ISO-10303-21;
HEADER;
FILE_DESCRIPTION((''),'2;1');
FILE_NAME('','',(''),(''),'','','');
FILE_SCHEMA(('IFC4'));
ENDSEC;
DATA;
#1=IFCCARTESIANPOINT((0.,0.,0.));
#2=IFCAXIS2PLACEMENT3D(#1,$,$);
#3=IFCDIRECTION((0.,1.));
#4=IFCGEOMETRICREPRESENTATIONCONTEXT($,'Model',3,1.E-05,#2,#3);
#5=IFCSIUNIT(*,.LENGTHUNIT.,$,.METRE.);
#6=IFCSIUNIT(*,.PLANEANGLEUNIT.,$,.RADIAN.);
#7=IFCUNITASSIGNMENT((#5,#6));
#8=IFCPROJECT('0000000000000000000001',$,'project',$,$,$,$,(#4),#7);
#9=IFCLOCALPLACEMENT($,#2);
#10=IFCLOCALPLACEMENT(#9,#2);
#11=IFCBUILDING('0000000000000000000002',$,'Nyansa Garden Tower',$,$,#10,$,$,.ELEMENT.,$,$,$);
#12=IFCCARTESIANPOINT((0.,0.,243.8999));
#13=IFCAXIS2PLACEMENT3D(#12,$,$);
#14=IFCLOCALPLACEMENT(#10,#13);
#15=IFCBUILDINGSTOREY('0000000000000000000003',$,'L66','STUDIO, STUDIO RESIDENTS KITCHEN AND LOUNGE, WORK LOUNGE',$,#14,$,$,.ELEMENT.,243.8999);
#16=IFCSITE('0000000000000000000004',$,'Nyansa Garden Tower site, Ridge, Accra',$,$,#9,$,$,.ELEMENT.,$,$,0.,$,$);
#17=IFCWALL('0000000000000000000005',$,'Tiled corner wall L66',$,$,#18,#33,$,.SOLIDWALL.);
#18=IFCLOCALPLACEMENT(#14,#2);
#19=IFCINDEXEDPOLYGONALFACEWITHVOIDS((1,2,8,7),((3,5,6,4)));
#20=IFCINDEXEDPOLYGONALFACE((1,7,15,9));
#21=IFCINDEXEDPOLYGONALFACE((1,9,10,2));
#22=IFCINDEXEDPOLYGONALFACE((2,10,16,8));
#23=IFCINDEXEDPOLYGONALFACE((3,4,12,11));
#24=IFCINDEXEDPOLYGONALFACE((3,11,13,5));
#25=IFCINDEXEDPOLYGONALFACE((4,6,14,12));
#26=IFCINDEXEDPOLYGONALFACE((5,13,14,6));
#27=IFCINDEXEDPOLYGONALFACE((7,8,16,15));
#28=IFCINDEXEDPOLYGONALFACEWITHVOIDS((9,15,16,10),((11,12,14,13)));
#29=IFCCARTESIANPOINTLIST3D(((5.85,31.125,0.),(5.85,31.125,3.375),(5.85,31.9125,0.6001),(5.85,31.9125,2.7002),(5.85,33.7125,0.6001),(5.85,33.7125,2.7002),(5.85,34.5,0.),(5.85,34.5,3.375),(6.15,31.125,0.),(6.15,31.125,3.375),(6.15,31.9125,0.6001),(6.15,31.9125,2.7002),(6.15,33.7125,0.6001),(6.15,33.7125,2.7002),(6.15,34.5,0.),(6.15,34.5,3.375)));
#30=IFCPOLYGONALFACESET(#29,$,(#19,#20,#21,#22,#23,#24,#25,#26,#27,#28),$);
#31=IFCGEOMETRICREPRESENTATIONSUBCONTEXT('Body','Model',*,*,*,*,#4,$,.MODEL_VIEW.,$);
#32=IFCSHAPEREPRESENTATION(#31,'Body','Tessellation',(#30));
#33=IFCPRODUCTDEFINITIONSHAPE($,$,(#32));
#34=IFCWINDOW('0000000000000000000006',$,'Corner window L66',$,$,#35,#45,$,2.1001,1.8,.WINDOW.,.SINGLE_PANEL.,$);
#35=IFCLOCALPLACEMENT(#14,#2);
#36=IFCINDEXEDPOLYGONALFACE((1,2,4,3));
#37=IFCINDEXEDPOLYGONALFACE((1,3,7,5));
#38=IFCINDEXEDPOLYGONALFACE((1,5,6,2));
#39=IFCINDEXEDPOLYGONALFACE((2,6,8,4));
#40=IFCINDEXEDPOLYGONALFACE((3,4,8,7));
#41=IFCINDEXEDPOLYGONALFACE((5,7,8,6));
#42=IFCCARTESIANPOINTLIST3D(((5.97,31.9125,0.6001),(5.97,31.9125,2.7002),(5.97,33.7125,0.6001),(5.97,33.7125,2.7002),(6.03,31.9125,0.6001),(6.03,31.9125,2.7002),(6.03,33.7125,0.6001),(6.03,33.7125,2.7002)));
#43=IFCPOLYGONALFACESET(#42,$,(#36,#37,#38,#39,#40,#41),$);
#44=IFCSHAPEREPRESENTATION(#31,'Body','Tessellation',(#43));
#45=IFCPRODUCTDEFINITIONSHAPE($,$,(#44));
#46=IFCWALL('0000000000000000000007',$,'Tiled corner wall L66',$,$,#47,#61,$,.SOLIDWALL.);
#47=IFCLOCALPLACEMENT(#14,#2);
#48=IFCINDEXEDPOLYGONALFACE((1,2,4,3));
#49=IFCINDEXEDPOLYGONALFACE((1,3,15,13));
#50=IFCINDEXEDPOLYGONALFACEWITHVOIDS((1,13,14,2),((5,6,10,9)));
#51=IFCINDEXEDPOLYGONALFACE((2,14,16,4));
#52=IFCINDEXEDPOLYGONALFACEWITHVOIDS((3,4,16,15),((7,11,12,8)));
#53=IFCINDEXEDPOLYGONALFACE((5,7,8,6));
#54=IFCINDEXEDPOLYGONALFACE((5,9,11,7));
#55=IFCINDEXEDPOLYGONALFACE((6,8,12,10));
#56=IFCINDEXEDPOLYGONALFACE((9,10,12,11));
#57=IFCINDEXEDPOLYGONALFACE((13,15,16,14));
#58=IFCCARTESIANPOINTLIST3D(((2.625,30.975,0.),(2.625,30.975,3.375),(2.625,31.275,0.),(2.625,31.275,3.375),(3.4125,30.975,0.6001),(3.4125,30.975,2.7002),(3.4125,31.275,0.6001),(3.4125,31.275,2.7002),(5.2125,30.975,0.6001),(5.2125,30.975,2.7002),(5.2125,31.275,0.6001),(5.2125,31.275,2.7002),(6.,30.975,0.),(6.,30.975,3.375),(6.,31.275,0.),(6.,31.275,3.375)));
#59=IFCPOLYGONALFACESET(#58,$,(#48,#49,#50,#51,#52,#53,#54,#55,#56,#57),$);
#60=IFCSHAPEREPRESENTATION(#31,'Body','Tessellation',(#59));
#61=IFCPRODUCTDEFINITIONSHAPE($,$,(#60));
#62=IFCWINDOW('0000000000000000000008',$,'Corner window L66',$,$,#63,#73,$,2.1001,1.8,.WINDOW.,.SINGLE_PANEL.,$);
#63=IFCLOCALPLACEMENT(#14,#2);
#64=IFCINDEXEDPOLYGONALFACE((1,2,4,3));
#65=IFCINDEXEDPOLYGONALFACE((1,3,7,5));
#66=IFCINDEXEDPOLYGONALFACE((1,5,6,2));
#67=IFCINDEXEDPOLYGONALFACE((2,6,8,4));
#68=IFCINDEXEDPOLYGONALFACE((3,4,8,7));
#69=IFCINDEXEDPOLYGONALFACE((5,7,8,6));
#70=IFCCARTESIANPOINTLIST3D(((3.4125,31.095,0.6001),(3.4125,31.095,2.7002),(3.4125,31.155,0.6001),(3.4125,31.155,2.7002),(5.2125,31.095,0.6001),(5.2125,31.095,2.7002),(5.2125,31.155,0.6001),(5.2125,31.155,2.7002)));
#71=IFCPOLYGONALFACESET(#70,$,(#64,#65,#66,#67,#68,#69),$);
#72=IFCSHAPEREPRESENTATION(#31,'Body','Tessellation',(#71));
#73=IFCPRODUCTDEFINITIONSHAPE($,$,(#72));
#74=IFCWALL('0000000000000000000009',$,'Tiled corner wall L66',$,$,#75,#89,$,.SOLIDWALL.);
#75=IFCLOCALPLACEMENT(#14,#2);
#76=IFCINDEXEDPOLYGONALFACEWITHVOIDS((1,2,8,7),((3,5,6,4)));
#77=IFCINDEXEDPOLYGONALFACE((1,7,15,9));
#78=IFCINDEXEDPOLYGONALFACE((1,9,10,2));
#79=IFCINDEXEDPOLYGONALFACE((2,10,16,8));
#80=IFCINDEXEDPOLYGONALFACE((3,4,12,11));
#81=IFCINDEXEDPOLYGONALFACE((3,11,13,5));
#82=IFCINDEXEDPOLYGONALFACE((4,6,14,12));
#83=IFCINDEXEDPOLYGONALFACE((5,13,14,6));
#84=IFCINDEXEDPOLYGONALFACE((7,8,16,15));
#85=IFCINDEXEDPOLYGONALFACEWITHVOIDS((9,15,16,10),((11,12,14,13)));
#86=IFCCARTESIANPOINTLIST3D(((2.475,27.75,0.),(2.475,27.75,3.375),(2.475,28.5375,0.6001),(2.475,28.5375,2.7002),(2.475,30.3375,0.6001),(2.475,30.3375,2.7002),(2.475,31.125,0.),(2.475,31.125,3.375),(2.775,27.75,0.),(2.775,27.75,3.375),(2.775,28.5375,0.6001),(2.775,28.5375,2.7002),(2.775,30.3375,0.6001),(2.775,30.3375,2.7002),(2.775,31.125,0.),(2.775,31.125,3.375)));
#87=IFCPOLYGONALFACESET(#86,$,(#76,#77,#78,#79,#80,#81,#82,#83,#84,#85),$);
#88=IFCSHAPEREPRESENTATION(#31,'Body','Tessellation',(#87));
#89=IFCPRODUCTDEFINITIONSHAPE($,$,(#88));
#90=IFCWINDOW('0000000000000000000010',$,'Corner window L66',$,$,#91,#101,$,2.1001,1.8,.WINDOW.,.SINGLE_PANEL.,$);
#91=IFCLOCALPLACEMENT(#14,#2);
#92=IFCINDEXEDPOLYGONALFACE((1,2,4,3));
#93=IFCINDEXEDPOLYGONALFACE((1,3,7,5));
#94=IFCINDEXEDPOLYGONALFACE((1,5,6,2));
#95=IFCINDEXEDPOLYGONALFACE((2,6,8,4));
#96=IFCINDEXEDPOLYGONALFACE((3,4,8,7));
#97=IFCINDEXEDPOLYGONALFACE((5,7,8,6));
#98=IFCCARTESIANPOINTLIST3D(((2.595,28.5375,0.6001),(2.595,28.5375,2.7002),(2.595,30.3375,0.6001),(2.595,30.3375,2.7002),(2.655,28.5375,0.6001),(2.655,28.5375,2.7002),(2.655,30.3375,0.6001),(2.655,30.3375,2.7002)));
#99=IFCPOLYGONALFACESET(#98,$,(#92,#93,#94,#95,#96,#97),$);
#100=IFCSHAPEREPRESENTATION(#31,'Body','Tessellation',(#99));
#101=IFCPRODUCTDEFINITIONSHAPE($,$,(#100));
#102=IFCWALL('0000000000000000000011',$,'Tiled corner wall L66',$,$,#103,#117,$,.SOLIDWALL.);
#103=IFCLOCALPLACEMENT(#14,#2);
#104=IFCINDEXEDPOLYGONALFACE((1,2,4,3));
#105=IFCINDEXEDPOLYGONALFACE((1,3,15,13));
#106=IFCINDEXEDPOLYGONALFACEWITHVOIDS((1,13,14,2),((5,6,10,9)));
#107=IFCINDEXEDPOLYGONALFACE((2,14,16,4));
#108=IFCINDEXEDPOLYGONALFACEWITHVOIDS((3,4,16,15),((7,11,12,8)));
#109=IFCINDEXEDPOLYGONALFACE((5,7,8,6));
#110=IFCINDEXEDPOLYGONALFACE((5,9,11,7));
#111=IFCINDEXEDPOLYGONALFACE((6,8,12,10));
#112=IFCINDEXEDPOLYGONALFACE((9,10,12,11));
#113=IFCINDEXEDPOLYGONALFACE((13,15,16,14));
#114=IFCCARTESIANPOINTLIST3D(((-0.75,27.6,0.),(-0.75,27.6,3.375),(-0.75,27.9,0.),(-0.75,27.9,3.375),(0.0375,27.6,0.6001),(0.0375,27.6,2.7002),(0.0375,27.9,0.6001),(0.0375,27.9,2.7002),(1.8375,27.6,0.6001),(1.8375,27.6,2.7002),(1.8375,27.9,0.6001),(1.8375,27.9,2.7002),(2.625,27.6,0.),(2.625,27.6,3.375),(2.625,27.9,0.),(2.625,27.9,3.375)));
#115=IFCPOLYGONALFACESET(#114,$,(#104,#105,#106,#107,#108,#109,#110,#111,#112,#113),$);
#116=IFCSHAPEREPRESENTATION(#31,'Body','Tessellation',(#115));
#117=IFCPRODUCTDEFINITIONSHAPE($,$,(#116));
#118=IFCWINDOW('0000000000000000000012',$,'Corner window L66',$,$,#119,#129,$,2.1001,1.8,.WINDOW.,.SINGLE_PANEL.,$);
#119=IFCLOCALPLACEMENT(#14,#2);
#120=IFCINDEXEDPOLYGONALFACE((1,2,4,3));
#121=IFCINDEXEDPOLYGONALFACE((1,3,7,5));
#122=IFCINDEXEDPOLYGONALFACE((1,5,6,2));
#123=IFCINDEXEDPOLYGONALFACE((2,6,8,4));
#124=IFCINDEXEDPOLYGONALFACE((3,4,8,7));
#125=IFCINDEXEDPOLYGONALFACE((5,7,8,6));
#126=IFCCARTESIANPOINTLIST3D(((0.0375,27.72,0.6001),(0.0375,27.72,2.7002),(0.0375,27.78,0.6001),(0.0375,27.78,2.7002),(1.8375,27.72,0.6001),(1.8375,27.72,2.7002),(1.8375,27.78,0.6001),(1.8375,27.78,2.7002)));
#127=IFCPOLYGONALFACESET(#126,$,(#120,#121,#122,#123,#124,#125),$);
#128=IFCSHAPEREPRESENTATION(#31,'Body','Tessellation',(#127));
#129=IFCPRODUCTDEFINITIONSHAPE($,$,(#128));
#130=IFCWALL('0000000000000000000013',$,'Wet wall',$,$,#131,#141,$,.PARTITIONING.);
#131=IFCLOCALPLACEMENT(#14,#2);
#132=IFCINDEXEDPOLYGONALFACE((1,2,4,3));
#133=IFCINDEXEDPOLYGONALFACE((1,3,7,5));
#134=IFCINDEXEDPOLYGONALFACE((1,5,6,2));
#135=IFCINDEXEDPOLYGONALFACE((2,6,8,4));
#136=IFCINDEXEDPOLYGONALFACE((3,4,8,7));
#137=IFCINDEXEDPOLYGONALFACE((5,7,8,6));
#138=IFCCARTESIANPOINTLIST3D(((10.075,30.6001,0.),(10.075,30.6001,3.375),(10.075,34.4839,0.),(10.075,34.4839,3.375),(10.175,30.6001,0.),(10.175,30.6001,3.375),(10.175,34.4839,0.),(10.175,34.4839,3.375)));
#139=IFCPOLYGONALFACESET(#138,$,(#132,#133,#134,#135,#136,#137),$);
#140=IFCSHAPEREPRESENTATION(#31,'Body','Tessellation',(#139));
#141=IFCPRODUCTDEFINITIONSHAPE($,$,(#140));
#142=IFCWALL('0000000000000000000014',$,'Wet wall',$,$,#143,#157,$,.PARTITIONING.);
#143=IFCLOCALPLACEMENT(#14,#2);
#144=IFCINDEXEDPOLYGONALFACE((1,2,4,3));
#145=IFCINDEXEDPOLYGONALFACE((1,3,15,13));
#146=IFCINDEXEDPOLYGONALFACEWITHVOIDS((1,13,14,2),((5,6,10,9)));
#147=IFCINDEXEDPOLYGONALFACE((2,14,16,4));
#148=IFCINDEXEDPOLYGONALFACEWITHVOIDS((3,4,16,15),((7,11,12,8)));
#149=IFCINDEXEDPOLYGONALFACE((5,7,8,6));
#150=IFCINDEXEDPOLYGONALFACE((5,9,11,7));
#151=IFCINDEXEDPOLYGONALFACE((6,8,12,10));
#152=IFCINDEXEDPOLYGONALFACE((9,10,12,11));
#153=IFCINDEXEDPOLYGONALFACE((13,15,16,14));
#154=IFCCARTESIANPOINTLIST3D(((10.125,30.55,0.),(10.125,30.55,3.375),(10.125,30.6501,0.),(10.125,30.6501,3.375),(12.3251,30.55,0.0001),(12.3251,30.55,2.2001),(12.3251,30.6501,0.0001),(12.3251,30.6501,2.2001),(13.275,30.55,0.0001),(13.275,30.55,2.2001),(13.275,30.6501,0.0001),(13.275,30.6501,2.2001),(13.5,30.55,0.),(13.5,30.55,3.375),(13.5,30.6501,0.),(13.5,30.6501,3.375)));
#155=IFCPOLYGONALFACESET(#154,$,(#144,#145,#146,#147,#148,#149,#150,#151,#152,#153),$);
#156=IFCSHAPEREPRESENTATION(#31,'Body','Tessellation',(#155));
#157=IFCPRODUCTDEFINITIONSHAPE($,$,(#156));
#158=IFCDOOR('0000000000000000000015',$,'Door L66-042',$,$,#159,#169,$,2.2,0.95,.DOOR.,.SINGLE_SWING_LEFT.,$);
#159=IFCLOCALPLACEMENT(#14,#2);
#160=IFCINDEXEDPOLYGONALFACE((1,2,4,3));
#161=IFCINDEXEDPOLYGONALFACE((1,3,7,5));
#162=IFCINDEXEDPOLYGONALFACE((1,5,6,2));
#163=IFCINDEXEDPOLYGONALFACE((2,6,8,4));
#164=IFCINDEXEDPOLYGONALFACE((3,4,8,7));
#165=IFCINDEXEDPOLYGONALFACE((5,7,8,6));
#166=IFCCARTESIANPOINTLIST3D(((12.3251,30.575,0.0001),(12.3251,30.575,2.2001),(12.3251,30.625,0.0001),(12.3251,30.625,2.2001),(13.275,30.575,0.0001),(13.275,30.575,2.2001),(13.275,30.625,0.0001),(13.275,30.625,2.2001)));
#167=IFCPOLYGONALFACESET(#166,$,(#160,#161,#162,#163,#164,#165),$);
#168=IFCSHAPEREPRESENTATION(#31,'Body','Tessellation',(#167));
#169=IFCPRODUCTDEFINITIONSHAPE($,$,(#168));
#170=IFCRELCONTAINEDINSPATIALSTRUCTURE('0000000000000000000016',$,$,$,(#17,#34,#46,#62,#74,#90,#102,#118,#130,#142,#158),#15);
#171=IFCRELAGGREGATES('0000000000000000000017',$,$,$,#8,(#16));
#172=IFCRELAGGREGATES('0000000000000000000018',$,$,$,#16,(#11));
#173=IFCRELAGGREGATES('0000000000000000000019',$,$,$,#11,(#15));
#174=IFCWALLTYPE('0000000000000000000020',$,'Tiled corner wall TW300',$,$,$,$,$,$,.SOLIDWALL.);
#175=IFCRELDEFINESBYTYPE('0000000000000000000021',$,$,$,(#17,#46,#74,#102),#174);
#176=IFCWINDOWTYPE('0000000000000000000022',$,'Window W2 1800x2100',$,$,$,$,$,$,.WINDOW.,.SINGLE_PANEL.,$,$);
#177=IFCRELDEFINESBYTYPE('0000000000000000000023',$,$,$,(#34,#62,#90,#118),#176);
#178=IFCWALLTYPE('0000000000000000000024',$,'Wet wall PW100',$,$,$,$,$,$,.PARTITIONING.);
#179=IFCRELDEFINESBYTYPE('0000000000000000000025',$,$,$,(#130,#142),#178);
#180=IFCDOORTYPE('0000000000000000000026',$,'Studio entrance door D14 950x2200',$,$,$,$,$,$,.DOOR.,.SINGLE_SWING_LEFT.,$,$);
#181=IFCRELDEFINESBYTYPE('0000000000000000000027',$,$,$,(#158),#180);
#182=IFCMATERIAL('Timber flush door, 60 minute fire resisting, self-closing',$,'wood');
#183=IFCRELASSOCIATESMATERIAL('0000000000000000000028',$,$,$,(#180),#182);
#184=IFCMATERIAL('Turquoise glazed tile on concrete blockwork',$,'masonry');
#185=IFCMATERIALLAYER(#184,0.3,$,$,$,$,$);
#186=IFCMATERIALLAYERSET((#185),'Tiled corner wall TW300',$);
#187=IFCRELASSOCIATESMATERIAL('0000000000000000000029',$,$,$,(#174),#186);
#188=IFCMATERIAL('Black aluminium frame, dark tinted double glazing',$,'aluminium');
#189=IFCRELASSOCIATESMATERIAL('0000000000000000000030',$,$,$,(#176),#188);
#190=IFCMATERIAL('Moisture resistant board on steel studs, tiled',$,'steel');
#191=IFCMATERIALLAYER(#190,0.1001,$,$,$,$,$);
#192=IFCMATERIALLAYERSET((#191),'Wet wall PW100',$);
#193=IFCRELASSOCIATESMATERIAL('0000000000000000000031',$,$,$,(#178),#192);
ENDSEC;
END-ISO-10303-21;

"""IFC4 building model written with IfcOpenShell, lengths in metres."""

from ifc_helpers import new_model, si_unit, direction, frame, frame_2d, origin, place, context, subcontext, project, spatial, rectangle, extrude, material, layer, layer_set, type_object, element, fill, save


model = new_model("IFC4")

# Units and contexts
model_context = context("Model", 3, precision=1e-05, world=origin(), true_north=direction((0.0, 1.0)))
body_context = subcontext(model_context, "Body", "Model", "MODEL_VIEW")
ifc_project = project(units=[si_unit("LENGTHUNIT", "METRE"), si_unit("PLANEANGLEUNIT", "RADIAN")], contexts=[model_context])

# Site, building, storey
site_placement = place(None, origin())
site = spatial("IfcSite", under=ifc_project, at=site_placement, Name="Nyansa Garden Tower site, Ridge, Accra", CompositionType="ELEMENT", RefElevation=0.0)
building_placement = place(site_placement, origin())
building = spatial("IfcBuilding", under=site, at=building_placement, Name="Nyansa Garden Tower", CompositionType="ELEMENT")
storey_placement = place(building_placement, frame((0.0, 0.0, 243.8999)))
storey = spatial("IfcBuildingStorey", under=building, at=storey_placement, Name="L66", Description="STUDIO, STUDIO RESIDENTS KITCHEN AND LOUNGE, WORK LOUNGE", CompositionType="ELEMENT", Elevation=243.8999)

# Shared definitions
ifc_material_1 = material(Name="Timber flush door, 60 minute fire resisting, self-closing", Category="wood")
door_type_1 = type_object("IfcDoorType", Name="Studio entrance door D14 950x2200", OperationType="SINGLE_SWING_LEFT", PredefinedType="DOOR", material=ifc_material_1)

# Walls, openings, windows
ifc_material_2 = material(Name="Turquoise glazed tile on concrete blockwork", Category="masonry")
ifc_layer_1 = layer(ifc_material_2, 0.3)
ifc_layer_set_1 = layer_set([ifc_layer_1], Name="Tiled corner wall TW300")
wall_type_1 = type_object("IfcWallType", Name="Tiled corner wall TW300", PredefinedType="SOLIDWALL", material=ifc_layer_set_1)
wall_1_placement = place(storey_placement, frame((6.0, 34.5, 0.0), z_axis=(0.0, 0.0, 1.0), x_axis=(0.0, -1.0, 0.0)))
wall_1 = element("IfcWall", 1, at=wall_1_placement, inside=storey, type_object=wall_type_1, Name="Tiled corner wall L66", PredefinedType="SOLIDWALL", context=body_context, shape_type="SweptSolid", body=[
    extrude(rectangle(XDim=3.375, YDim=0.3, at=frame_2d((1.6875, 0.0))), origin(), (0.0, 0.0, 1.0), 3.375),
])
opening_1_placement = place(wall_1_placement, frame((0.7876, 0.0, 0.6001)))
opening_1 = element("IfcOpeningElement", 2, at=opening_1_placement, cuts=wall_1, PredefinedType="OPENING", context=body_context, shape_type="SweptSolid", body=[
    extrude(rectangle(XDim=1.8, YDim=2.1001, at=frame_2d((0.8999, 1.05))), frame((0.0, 0.1599, 0.0), z_axis=(0.0, -1.0, 0.0), x_axis=(1.0, 0.0, 0.0)), (0.0, 0.0, 1.0), 0.3201),
])
ifc_material_3 = material(Name="Black aluminium frame, dark tinted double glazing", Category="aluminium")
window_type = type_object("IfcWindowType", Name="Window W2 1800x2100", PartitioningType="SINGLE_PANEL", PredefinedType="WINDOW", material=ifc_material_3)
window_1_placement = place(opening_1_placement, origin())
window_1 = element("IfcWindow", 3, at=window_1_placement, inside=storey, type_object=window_type, Name="Corner window L66", OverallHeight=2.1001, OverallWidth=1.8, PartitioningType="SINGLE_PANEL", PredefinedType="WINDOW", context=body_context, shape_type="SweptSolid", body=[
    extrude(rectangle(XDim=1.8, YDim=2.1001, at=frame_2d((0.8999, 1.05))), frame((0.0, 0.03, 0.0), z_axis=(0.0, -1.0, 0.0), x_axis=(1.0, 0.0, 0.0)), (0.0, 0.0, 1.0), 0.0601),
])
fill(opening_1, window_1)
wall_2_placement = place(storey_placement, frame((6.0, 31.125, 0.0), z_axis=(0.0, 0.0, 1.0), x_axis=(-1.0, 0.0, 0.0)))
wall_2 = element("IfcWall", 4, at=wall_2_placement, inside=storey, type_object=wall_type_1, Name="Tiled corner wall L66", PredefinedType="SOLIDWALL", context=body_context, shape_type="SweptSolid", body=[
    extrude(rectangle(XDim=3.375, YDim=0.3, at=frame_2d((1.6875, 0.0))), origin(), (0.0, 0.0, 1.0), 3.375),
])
opening_2_placement = place(wall_2_placement, frame((0.7876, 0.0, 0.6001)))
opening_2 = element("IfcOpeningElement", 5, at=opening_2_placement, cuts=wall_2, PredefinedType="OPENING", context=body_context, shape_type="SweptSolid", body=[
    extrude(rectangle(XDim=1.8, YDim=2.1001, at=frame_2d((0.8999, 1.05))), frame((0.0, 0.1599, 0.0), z_axis=(0.0, -1.0, 0.0), x_axis=(1.0, 0.0, 0.0)), (0.0, 0.0, 1.0), 0.3201),
])
window_2_placement = place(opening_2_placement, origin())
window_2 = element("IfcWindow", 6, at=window_2_placement, inside=storey, type_object=window_type, Name="Corner window L66", OverallHeight=2.1001, OverallWidth=1.8, PartitioningType="SINGLE_PANEL", PredefinedType="WINDOW", context=body_context, shape_type="SweptSolid", body=[
    extrude(rectangle(XDim=1.8, YDim=2.1001, at=frame_2d((0.8999, 1.05))), frame((0.0, 0.03, 0.0), z_axis=(0.0, -1.0, 0.0), x_axis=(1.0, 0.0, 0.0)), (0.0, 0.0, 1.0), 0.0601),
])
fill(opening_2, window_2)
wall_3_placement = place(storey_placement, frame((2.625, 31.125, 0.0), z_axis=(0.0, 0.0, 1.0), x_axis=(0.0, -1.0, 0.0)))
wall_3 = element("IfcWall", 7, at=wall_3_placement, inside=storey, type_object=wall_type_1, Name="Tiled corner wall L66", PredefinedType="SOLIDWALL", context=body_context, shape_type="SweptSolid", body=[
    extrude(rectangle(XDim=3.375, YDim=0.3, at=frame_2d((1.6875, 0.0))), origin(), (0.0, 0.0, 1.0), 3.375),
])
opening_3_placement = place(wall_3_placement, frame((0.7876, 0.0, 0.6001)))
opening_3 = element("IfcOpeningElement", 8, at=opening_3_placement, cuts=wall_3, PredefinedType="OPENING", context=body_context, shape_type="SweptSolid", body=[
    extrude(rectangle(XDim=1.8, YDim=2.1001, at=frame_2d((0.8999, 1.05))), frame((0.0, 0.1599, 0.0), z_axis=(0.0, -1.0, 0.0), x_axis=(1.0, 0.0, 0.0)), (0.0, 0.0, 1.0), 0.3201),
])
window_3_placement = place(opening_3_placement, origin())
window_3 = element("IfcWindow", 9, at=window_3_placement, inside=storey, type_object=window_type, Name="Corner window L66", OverallHeight=2.1001, OverallWidth=1.8, PartitioningType="SINGLE_PANEL", PredefinedType="WINDOW", context=body_context, shape_type="SweptSolid", body=[
    extrude(rectangle(XDim=1.8, YDim=2.1001, at=frame_2d((0.8999, 1.05))), frame((0.0, 0.03, 0.0), z_axis=(0.0, -1.0, 0.0), x_axis=(1.0, 0.0, 0.0)), (0.0, 0.0, 1.0), 0.0601),
])
fill(opening_3, window_3)
wall_4_placement = place(storey_placement, frame((2.625, 27.75, 0.0), z_axis=(0.0, 0.0, 1.0), x_axis=(-1.0, 0.0, 0.0)))
wall_4 = element("IfcWall", 10, at=wall_4_placement, inside=storey, type_object=wall_type_1, Name="Tiled corner wall L66", PredefinedType="SOLIDWALL", context=body_context, shape_type="SweptSolid", body=[
    extrude(rectangle(XDim=3.375, YDim=0.3, at=frame_2d((1.6875, 0.0))), origin(), (0.0, 0.0, 1.0), 3.375),
])
opening_4_placement = place(wall_4_placement, frame((0.7876, 0.0, 0.6001)))
opening_4 = element("IfcOpeningElement", 11, at=opening_4_placement, cuts=wall_4, PredefinedType="OPENING", context=body_context, shape_type="SweptSolid", body=[
    extrude(rectangle(XDim=1.8, YDim=2.1001, at=frame_2d((0.8999, 1.05))), frame((0.0, 0.1599, 0.0), z_axis=(0.0, -1.0, 0.0), x_axis=(1.0, 0.0, 0.0)), (0.0, 0.0, 1.0), 0.3201),
])
window_4_placement = place(opening_4_placement, origin())
window_4 = element("IfcWindow", 12, at=window_4_placement, inside=storey, type_object=window_type, Name="Corner window L66", OverallHeight=2.1001, OverallWidth=1.8, PartitioningType="SINGLE_PANEL", PredefinedType="WINDOW", context=body_context, shape_type="SweptSolid", body=[
    extrude(rectangle(XDim=1.8, YDim=2.1001, at=frame_2d((0.8999, 1.05))), frame((0.0, 0.03, 0.0), z_axis=(0.0, -1.0, 0.0), x_axis=(1.0, 0.0, 0.0)), (0.0, 0.0, 1.0), 0.0601),
])
fill(opening_4, window_4)

# Wall
ifc_material_4 = material(Name="Moisture resistant board on steel studs, tiled", Category="steel")
ifc_layer_2 = layer(ifc_material_4, 0.1001)
ifc_layer_set_2 = layer_set([ifc_layer_2], Name="Wet wall PW100")
wall_type_2 = type_object("IfcWallType", Name="Wet wall PW100", PredefinedType="PARTITIONING", material=ifc_layer_set_2)
wall_5_placement = place(storey_placement, frame((10.125, 30.6001, 0.0), z_axis=(0.0, 0.0, 1.0), x_axis=(0.0, 1.0, 0.0)))
element("IfcWall", 13, at=wall_5_placement, inside=storey, type_object=wall_type_2, Name="Wet wall", PredefinedType="PARTITIONING", context=body_context, shape_type="SweptSolid", body=[
    extrude(rectangle(XDim=3.8838, YDim=0.1001, at=frame_2d((1.9419, 0.0))), origin(), (0.0, 0.0, 1.0), 3.375),
])

# Wall, opening, door
wall_6_placement = place(storey_placement, frame((10.125, 30.6001, 0.0), z_axis=(0.0, 0.0, 1.0), x_axis=(1.0, 0.0, 0.0)))
wall_6 = element("IfcWall", 14, at=wall_6_placement, inside=storey, type_object=wall_type_2, Name="Wet wall", PredefinedType="PARTITIONING", context=body_context, shape_type="SweptSolid", body=[
    extrude(rectangle(XDim=3.375, YDim=0.1001, at=frame_2d((1.6875, 0.0))), origin(), (0.0, 0.0, 1.0), 3.375),
])
opening_5_placement = place(wall_6_placement, frame((2.2, 0.0, 0.0)))
opening_5 = element("IfcOpeningElement", 15, at=opening_5_placement, cuts=wall_6, PredefinedType="OPENING", context=body_context, shape_type="SweptSolid", body=[
    extrude(rectangle(XDim=0.95, YDim=2.2, at=frame_2d((0.4751, 1.1001))), frame((0.0, 0.0601, 0.0), z_axis=(0.0, -1.0, 0.0), x_axis=(1.0, 0.0, 0.0)), (0.0, 0.0, 1.0), 0.1201),
])
door_1_placement = place(opening_5_placement, origin())
door_1 = element("IfcDoor", 16, at=door_1_placement, inside=storey, type_object=door_type_1, Name="Door L66-042", OperationType="SINGLE_SWING_LEFT", OverallHeight=2.2, OverallWidth=0.95, PredefinedType="DOOR", context=body_context, shape_type="SweptSolid", body=[
    extrude(rectangle(XDim=0.95, YDim=2.2, at=frame_2d((0.4751, 1.1001))), frame((0.0, 0.0249, 0.0), z_axis=(0.0, -1.0, 0.0), x_axis=(1.0, 0.0, 0.0)), (0.0, 0.0, 1.0), 0.05),
])
fill(opening_5, door_1)

save(model, "model.ifc")
